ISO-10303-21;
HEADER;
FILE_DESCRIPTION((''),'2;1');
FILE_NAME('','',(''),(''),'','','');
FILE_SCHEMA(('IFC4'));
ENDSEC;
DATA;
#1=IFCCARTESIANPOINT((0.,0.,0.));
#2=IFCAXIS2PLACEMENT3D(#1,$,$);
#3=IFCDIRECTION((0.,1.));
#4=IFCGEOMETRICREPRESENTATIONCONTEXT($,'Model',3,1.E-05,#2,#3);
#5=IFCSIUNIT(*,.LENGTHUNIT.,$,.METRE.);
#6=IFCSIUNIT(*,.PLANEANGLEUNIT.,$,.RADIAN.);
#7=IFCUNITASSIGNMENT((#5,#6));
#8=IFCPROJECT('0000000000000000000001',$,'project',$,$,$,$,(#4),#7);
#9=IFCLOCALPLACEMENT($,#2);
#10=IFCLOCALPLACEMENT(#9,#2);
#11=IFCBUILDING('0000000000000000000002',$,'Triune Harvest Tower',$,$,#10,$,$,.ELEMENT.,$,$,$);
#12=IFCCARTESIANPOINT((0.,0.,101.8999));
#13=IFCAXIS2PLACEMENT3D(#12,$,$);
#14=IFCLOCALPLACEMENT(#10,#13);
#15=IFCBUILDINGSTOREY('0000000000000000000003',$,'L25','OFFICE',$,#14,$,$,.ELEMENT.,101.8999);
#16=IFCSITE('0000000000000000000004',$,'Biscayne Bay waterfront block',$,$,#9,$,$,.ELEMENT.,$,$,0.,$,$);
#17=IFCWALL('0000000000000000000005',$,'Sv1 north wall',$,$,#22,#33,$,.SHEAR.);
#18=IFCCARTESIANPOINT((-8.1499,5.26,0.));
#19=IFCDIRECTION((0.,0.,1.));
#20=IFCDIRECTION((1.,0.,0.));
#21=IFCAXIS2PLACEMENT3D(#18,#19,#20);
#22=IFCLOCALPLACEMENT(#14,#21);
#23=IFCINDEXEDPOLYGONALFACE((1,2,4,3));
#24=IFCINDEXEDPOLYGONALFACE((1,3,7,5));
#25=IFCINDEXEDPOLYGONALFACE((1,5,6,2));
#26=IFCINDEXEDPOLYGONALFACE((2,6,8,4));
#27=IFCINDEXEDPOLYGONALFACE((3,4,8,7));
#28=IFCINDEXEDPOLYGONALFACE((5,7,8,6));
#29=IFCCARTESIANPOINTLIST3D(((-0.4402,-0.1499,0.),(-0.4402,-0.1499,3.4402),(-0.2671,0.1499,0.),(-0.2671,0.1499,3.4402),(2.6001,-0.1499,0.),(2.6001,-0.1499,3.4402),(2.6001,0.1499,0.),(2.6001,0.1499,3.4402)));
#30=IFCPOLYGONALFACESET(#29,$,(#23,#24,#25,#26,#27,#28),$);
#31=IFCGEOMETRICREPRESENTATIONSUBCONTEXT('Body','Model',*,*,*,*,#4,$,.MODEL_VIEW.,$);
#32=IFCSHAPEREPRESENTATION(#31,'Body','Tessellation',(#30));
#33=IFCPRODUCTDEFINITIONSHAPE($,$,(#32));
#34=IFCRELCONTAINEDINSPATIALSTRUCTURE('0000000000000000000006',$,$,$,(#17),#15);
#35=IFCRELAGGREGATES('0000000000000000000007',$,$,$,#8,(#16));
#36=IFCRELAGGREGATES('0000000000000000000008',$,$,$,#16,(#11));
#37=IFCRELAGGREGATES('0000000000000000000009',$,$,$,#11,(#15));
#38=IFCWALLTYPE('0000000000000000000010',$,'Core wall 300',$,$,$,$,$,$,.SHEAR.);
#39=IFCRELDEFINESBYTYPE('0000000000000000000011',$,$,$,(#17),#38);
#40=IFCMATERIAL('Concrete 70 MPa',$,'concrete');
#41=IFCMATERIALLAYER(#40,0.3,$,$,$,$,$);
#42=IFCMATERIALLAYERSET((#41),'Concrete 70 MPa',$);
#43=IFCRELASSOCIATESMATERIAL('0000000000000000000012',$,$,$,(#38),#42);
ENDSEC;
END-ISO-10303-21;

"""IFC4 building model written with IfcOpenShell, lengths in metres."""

from ifc_helpers import new_model, si_unit, direction, frame, origin, place, context, subcontext, project, spatial, polyline, outline, extrude, source, transform, mapped, material, layer, layer_set, type_object, element, save


model = new_model("IFC4")

# Units and contexts
model_context = context("Model", 3, precision=1e-05, world=origin(), true_north=direction((0.0, 1.0)))
body_context = subcontext(model_context, "Body", "Model", "MODEL_VIEW")
ifc_project = project(units=[si_unit("LENGTHUNIT", "METRE"), si_unit("PLANEANGLEUNIT", "RADIAN")], contexts=[model_context])

# Site, building, storey
site_placement = place(None, origin())
site = spatial("IfcSite", under=ifc_project, at=site_placement, Name="Biscayne Bay waterfront block", CompositionType="ELEMENT", RefElevation=0.0)
building_placement = place(site_placement, origin())
building = spatial("IfcBuilding", under=site, at=building_placement, Name="Triune Harvest Tower", CompositionType="ELEMENT")
storey_placement = place(building_placement, frame((0.0, 0.0, 101.8999)))
storey = spatial("IfcBuildingStorey", under=building, at=storey_placement, Name="L25", Description="OFFICE", CompositionType="ELEMENT", Elevation=101.8999)

# Shared definitions
ifc_material_1 = material(Name="Concrete 70 MPa", Category="concrete")
ifc_layer_1 = layer(ifc_material_1, 0.3)
ifc_layer_set_1 = layer_set([ifc_layer_1], Name="Concrete 70 MPa")
wall_type_1 = type_object("IfcWallType", Name="Core wall 300", PredefinedType="SHEAR", material=ifc_layer_set_1)

# Wall
shared_shape_1 = source(origin(), body_context, "Body", "SweptSolid", [
    extrude(outline(polyline([(2.6001, -0.1499), (-0.4402, -0.1499), (-0.2671, 0.1499), (2.6001, 0.1499), (2.6001, -0.1499)])), origin(), (0.0, 0.0, 1.0), 3.4402),
])
wall_1_placement = place(storey_placement, frame((-8.1499, 5.26, 0.0), z_axis=(0.0, 0.0, 1.0), x_axis=(1.0, 0.0, 0.0)))
element("IfcWall", 1, at=wall_1_placement, inside=storey, type_object=wall_type_1, Name="Sv1 north wall", PredefinedType="SHEAR", context=body_context, shape_type="MappedRepresentation", body=[
    mapped(shared_shape_1, transform((0.0, 0.0, 0.0), scale=1.0)),
])

save(model, "model.ifc")
